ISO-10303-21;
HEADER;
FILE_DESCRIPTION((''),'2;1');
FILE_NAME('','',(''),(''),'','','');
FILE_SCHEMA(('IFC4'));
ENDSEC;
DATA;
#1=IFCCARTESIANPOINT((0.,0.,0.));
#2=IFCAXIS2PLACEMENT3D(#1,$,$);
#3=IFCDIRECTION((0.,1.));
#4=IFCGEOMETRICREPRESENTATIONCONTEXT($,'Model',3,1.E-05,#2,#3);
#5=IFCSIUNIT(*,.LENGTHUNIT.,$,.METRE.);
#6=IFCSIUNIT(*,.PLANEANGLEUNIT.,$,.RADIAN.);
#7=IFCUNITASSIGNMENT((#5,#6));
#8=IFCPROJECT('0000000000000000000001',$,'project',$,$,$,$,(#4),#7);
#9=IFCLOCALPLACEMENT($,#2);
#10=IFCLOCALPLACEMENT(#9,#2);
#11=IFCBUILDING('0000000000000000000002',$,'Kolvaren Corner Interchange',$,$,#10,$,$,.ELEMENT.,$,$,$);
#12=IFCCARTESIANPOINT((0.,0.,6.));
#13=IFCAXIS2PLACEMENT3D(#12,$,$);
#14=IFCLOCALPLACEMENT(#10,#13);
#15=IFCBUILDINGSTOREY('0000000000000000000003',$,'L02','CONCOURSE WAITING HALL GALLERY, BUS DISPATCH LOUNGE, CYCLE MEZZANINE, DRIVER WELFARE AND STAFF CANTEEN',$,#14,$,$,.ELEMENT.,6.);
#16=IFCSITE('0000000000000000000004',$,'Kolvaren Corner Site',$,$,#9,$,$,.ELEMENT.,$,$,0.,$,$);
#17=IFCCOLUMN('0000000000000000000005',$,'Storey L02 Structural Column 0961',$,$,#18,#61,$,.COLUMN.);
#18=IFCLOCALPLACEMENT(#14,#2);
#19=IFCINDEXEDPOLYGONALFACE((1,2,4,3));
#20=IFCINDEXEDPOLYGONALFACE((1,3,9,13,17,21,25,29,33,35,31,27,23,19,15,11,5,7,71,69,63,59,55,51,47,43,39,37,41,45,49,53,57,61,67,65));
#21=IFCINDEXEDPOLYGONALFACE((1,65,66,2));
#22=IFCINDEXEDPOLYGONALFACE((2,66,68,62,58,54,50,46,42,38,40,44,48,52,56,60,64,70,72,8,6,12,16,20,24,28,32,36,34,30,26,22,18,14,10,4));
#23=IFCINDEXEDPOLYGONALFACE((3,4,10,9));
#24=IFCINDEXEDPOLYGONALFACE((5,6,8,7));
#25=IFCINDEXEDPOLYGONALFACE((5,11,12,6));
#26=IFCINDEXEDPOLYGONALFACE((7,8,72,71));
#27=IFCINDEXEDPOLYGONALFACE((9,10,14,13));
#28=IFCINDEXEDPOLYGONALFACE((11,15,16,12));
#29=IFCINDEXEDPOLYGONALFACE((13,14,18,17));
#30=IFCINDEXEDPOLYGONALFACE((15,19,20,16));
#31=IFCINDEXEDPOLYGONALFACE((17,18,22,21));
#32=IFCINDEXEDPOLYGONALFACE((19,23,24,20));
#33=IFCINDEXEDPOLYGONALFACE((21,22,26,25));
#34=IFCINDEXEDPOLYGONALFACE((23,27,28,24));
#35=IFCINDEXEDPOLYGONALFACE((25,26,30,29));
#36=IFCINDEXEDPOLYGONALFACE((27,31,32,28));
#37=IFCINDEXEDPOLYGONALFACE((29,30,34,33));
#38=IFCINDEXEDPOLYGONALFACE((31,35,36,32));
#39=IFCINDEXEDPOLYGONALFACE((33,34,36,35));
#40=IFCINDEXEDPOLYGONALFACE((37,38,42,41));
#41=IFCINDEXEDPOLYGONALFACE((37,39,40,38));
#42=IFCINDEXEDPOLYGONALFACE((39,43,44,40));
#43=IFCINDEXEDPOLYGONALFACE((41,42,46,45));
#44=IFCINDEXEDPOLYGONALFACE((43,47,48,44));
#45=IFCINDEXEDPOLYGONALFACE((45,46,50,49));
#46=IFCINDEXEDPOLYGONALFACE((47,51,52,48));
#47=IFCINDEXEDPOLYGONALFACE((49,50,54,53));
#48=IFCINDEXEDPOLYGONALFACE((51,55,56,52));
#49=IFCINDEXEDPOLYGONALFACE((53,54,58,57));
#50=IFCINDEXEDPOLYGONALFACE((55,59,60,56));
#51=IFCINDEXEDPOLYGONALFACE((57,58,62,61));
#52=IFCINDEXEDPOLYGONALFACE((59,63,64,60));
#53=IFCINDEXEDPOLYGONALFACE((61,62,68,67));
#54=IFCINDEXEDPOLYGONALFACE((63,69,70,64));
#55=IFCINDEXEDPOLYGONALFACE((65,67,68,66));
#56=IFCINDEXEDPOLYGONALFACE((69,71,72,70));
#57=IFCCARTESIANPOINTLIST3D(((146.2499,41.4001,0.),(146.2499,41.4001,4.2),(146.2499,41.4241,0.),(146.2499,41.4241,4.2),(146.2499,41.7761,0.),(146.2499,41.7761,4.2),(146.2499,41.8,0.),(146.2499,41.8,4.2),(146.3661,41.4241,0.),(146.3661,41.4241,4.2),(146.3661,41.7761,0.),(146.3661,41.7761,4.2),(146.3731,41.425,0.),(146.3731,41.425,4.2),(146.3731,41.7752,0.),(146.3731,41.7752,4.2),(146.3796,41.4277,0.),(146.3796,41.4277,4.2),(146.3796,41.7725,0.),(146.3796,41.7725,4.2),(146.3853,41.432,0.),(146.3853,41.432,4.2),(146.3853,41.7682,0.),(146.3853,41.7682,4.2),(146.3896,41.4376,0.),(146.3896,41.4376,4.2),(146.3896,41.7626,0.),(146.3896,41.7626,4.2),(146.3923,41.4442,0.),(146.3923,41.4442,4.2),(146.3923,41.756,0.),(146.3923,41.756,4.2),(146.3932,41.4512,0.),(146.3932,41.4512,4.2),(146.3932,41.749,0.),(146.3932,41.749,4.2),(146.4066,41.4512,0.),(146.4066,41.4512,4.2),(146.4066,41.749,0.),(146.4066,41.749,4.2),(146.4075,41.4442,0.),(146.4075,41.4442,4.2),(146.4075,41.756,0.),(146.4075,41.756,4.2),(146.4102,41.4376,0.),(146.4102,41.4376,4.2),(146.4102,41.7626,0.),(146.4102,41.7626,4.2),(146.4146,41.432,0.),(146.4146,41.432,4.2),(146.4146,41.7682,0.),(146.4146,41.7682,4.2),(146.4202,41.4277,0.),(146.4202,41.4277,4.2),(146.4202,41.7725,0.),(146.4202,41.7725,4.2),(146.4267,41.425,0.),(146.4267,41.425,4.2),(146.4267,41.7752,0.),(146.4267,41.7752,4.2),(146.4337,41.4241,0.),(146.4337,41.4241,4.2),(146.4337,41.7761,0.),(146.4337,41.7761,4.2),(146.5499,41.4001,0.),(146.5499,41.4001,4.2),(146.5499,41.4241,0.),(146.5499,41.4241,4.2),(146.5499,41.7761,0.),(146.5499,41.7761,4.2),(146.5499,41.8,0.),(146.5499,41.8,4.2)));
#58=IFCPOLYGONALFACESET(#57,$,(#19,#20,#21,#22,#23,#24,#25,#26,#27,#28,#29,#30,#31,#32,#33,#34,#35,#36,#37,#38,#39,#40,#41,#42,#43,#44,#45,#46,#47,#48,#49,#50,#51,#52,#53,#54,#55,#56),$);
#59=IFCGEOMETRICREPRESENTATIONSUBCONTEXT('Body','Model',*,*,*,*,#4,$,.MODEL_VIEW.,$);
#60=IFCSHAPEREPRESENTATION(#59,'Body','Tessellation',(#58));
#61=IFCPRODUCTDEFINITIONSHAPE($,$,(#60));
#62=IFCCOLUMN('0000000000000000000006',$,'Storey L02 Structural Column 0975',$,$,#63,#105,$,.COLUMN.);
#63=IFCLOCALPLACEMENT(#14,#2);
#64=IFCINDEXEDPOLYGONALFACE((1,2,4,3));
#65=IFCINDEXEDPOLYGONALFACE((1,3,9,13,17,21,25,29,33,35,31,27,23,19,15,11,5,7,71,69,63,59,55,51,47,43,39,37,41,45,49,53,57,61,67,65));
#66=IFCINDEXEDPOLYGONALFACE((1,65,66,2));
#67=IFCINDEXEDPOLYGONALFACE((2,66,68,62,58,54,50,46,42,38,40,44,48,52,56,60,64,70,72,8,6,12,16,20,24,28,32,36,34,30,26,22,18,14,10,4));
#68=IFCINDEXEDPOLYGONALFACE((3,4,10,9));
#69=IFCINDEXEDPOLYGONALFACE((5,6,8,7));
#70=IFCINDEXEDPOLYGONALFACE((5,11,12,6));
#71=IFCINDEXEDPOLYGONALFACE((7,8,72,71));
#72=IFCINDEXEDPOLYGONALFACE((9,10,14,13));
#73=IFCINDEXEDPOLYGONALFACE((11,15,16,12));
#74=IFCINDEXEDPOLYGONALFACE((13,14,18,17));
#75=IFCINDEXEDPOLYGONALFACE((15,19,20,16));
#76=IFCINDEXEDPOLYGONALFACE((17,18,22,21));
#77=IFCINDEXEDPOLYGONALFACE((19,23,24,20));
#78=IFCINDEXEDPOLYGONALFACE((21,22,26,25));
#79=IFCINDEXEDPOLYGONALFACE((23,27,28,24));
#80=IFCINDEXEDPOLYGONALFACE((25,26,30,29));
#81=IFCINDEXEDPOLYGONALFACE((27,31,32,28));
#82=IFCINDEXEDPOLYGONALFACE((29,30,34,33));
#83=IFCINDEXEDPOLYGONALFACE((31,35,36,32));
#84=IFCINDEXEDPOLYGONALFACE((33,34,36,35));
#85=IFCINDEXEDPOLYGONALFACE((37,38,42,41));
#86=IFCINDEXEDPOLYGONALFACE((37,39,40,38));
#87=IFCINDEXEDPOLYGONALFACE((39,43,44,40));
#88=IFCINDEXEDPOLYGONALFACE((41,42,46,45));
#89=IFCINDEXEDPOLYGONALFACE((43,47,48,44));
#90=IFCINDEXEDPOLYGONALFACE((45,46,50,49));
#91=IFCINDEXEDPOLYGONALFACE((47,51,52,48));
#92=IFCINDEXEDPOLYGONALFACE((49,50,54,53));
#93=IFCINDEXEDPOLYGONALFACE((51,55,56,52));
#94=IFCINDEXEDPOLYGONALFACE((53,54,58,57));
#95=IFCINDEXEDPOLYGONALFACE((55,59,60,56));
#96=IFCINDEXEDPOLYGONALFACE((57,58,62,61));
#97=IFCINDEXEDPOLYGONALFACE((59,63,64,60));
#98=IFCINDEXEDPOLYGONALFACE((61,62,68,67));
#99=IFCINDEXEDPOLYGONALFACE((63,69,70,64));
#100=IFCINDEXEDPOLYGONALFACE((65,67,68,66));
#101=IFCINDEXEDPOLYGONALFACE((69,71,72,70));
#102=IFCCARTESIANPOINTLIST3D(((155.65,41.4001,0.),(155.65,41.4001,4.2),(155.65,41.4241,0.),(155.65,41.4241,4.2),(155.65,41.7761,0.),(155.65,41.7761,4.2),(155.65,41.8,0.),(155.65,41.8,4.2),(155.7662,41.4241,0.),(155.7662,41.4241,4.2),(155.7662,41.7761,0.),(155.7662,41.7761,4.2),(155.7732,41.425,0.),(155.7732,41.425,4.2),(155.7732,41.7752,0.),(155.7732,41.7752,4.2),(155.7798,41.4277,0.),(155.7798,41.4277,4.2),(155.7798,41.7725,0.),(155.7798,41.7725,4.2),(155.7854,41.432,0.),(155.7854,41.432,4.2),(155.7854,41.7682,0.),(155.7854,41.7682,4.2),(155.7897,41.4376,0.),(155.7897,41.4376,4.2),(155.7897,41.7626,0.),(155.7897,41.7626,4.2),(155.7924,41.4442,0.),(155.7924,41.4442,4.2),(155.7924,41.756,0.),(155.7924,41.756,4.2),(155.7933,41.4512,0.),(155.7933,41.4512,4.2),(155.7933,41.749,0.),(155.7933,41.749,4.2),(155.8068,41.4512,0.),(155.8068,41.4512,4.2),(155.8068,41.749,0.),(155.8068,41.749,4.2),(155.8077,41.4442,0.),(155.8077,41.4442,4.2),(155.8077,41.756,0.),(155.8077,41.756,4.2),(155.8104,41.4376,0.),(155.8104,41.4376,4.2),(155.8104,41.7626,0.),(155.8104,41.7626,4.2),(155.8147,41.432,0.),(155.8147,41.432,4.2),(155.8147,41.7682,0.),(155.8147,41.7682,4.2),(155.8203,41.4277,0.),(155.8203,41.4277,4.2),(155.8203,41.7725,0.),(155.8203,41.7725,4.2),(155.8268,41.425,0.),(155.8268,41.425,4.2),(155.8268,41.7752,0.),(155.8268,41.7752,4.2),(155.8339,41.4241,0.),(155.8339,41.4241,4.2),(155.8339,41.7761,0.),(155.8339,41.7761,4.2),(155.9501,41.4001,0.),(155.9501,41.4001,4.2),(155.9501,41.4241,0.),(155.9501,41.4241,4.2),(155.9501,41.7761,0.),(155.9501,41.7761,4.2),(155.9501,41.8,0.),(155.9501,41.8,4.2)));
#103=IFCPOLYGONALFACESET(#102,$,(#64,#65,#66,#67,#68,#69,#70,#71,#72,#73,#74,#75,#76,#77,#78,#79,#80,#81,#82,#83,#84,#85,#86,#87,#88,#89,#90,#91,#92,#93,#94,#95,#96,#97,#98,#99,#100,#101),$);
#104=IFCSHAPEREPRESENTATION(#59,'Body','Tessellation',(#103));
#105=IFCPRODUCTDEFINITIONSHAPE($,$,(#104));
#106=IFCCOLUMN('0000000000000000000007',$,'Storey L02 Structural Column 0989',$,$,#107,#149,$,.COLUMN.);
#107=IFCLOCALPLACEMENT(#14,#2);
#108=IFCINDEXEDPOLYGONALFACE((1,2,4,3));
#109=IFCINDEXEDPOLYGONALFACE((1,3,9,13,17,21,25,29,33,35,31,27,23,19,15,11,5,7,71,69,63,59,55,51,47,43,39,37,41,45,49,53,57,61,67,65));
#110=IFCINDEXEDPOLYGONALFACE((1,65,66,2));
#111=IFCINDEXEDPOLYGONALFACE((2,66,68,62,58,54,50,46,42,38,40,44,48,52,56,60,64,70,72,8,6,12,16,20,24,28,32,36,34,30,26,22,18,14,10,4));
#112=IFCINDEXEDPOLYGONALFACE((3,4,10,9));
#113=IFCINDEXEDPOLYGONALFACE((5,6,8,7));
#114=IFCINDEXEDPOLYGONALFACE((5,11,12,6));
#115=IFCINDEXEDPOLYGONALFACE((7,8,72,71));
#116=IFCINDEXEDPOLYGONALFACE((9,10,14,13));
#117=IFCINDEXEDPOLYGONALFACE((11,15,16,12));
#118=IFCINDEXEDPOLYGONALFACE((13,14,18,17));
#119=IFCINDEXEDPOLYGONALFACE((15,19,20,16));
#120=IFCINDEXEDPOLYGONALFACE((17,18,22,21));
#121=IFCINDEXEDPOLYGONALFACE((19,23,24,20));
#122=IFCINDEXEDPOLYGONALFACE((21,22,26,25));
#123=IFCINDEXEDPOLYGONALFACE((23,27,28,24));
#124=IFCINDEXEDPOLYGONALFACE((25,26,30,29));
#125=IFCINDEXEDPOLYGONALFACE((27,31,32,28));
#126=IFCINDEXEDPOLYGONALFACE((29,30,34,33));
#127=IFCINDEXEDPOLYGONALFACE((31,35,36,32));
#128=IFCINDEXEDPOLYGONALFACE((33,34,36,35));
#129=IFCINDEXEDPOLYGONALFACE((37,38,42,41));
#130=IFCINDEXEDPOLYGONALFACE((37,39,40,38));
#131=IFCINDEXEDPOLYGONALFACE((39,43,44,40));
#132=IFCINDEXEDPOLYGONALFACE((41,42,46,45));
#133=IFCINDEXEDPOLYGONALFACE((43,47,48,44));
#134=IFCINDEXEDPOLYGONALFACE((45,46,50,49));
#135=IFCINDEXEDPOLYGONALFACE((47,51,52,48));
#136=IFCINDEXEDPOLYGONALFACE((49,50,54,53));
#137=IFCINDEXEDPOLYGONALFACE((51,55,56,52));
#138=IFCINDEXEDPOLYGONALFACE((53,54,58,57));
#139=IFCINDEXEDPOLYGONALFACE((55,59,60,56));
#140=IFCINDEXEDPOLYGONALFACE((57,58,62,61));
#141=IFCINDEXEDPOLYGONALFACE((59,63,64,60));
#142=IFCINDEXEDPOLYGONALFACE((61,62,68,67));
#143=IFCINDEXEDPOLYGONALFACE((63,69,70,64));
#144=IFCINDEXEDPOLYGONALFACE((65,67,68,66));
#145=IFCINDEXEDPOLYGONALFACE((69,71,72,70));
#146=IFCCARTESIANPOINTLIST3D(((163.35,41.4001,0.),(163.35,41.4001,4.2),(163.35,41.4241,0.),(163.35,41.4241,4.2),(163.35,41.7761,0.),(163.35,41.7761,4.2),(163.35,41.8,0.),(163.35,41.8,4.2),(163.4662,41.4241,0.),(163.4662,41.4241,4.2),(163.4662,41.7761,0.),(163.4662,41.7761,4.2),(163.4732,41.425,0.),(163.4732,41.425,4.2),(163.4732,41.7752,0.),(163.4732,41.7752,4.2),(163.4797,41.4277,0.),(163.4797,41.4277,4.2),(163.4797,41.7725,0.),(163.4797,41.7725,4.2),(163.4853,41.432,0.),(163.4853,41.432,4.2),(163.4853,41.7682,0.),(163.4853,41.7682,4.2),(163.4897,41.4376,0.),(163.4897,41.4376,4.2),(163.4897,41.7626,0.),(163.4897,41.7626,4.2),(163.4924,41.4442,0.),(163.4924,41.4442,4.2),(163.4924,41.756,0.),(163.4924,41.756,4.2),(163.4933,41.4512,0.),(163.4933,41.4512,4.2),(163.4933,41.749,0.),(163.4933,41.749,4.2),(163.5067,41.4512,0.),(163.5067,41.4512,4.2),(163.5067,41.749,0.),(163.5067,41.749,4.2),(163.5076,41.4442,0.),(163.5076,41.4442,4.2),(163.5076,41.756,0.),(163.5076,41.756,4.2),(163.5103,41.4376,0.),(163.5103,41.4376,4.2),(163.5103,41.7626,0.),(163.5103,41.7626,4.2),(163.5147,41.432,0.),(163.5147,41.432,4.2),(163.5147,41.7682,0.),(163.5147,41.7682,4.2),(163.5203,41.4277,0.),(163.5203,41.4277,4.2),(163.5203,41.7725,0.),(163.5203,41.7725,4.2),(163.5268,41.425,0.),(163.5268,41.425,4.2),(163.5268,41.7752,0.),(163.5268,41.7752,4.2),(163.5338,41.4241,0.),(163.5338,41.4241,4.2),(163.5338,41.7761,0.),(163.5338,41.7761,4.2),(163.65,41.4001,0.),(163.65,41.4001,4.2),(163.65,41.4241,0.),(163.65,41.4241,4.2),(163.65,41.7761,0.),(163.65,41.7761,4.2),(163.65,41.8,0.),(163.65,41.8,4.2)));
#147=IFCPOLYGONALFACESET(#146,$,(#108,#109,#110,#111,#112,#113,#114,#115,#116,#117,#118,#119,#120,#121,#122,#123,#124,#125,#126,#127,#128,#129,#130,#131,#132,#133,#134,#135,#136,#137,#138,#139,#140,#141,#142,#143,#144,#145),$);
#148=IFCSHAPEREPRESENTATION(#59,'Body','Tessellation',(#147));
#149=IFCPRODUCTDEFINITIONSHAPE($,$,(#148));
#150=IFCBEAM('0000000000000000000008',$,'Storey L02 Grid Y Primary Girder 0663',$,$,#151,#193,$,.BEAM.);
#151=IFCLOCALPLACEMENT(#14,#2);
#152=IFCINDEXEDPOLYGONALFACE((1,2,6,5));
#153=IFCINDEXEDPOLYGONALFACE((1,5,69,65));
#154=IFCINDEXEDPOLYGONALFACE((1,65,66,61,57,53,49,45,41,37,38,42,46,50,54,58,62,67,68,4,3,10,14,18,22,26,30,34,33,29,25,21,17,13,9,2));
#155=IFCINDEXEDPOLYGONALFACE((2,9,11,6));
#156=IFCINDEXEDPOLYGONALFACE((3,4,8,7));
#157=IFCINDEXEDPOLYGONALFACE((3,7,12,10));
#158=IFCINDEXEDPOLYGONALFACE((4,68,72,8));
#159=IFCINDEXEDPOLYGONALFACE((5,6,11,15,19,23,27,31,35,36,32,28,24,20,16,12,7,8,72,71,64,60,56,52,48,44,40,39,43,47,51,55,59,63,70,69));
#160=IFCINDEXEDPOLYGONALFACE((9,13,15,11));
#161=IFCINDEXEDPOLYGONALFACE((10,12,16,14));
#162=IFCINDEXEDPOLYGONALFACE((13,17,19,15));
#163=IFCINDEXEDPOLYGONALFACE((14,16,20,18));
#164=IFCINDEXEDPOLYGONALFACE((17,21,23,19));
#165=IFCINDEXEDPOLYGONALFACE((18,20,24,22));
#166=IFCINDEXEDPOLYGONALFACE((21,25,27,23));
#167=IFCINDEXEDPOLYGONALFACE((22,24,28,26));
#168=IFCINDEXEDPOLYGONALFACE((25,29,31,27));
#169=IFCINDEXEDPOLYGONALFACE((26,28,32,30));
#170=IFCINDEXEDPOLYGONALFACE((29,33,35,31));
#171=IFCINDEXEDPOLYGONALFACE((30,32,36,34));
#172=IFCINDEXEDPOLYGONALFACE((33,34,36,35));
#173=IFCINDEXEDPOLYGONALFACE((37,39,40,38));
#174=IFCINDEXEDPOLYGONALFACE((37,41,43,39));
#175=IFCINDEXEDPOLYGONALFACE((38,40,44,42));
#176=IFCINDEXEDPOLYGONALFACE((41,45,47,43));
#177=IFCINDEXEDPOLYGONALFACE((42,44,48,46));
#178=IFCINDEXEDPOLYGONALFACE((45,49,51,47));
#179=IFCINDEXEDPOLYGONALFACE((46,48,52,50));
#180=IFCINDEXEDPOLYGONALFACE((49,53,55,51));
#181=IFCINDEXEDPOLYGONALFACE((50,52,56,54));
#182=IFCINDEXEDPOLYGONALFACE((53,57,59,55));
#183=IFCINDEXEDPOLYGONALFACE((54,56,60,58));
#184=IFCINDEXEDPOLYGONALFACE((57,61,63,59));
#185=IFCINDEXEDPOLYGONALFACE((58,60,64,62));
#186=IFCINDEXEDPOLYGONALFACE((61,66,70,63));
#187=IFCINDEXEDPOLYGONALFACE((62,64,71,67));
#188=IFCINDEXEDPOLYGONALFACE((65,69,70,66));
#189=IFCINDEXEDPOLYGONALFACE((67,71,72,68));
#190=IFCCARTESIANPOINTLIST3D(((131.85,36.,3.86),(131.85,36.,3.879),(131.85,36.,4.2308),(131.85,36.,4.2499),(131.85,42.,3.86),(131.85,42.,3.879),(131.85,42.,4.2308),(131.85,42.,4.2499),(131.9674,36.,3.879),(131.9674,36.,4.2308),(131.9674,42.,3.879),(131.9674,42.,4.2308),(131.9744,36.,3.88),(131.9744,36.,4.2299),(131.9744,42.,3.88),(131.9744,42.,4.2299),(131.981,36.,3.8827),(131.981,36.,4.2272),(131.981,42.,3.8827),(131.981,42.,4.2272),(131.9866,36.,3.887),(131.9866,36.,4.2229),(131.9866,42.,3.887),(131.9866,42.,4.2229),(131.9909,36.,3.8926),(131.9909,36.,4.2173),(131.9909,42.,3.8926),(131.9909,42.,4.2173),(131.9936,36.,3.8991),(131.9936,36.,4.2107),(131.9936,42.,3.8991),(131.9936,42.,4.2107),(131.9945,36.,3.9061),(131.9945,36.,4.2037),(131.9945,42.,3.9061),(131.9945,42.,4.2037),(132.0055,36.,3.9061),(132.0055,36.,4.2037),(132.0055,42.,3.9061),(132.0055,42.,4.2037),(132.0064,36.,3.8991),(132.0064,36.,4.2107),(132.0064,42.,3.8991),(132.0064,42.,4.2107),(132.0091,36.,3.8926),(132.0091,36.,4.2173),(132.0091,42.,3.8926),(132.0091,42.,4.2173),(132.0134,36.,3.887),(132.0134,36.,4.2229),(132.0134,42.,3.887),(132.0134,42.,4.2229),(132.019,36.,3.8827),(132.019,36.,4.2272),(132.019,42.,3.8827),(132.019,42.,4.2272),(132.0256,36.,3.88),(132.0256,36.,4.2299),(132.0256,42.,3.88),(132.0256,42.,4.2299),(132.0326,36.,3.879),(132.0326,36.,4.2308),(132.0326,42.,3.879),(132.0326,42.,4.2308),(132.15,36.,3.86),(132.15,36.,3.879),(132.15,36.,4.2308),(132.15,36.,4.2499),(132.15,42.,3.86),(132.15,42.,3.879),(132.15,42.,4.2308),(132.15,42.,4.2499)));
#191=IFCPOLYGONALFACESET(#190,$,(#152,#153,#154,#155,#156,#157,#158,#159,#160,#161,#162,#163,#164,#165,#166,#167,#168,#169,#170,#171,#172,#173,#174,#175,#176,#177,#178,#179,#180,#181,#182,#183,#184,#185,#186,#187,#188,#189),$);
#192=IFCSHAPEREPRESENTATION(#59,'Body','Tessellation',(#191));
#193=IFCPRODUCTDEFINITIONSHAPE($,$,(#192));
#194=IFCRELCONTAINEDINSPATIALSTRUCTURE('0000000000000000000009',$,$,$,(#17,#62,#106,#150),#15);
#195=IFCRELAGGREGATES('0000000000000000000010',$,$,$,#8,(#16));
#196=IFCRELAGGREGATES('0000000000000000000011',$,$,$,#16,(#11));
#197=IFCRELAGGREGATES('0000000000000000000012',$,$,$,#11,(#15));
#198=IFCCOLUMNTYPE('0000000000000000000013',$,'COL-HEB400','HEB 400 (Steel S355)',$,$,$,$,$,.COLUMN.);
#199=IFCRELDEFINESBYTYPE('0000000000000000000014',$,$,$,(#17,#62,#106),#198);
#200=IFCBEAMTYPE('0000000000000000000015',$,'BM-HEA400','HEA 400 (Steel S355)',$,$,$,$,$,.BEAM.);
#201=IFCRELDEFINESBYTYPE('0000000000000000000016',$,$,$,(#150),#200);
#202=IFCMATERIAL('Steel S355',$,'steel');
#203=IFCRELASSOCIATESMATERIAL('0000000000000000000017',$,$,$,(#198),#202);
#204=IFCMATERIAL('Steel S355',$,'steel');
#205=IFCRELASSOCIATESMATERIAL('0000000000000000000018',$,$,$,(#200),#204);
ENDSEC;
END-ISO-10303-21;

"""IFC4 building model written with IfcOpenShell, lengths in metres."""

from ifc_helpers import new_model, si_unit, direction, frame, origin, origin_2d, place, context, subcontext, project, spatial, i_section, extrude, material, material_profile, profile_set, type_object, element, save


model = new_model("IFC4")

# Units and contexts
model_context = context("Model", 3, precision=1e-05, world=origin(), true_north=direction((0.0, 1.0)))
body_context = subcontext(model_context, "Body", "Model", "MODEL_VIEW")
ifc_project = project(units=[si_unit("LENGTHUNIT", "METRE"), si_unit("PLANEANGLEUNIT", "RADIAN")], contexts=[model_context])

# Site, building, storey
site_placement = place(None, origin())
site = spatial("IfcSite", under=ifc_project, at=site_placement, Name="Kolvaren Corner Site", CompositionType="ELEMENT", RefElevation=0.0)
building_placement = place(site_placement, origin())
building = spatial("IfcBuilding", under=site, at=building_placement, Name="Kolvaren Corner Interchange", CompositionType="ELEMENT")
storey_placement = place(building_placement, frame((0.0, 0.0, 6.0)))
storey = spatial("IfcBuildingStorey", under=building, at=storey_placement, Name="L02", Description="CONCOURSE WAITING HALL GALLERY, BUS DISPATCH LOUNGE, CYCLE MEZZANINE, DRIVER WELFARE AND STAFF CANTEEN", CompositionType="ELEMENT", Elevation=6.0)

# Columns
ifc_material_1 = material(Name="Steel S355", Category="steel")
ifc_material_profile_1 = material_profile(ifc_material_1, i_section(OverallWidth=0.3, OverallDepth=0.3999, WebThickness=0.0134, FlangeThickness=0.0239, FilletRadius=0.0271, at=origin_2d()), Name="HEB 400")
ifc_profile_set_1 = profile_set([ifc_material_profile_1], Name="Steel S355")
column_type_1 = type_object("IfcColumnType", Name="COL-HEB400", Description="HEB 400 (Steel S355)", PredefinedType="COLUMN", material=ifc_profile_set_1)
for number, where, z_axis, x_axis, name in (
    (1, (146.3999, 41.6001, 0.0), (0.0, 0.0, 1.0), (1.0, 0.0, 0.0), "Storey L02 Structural Column 0961"),
    (2, (155.8, 41.6001, 0.0), (0.0, 0.0, 1.0), (1.0, 0.0, 0.0), "Storey L02 Structural Column 0975"),
    (3, (163.5, 41.6001, 0.0), (0.0, 0.0, 1.0), (1.0, 0.0, 0.0), "Storey L02 Structural Column 0989"),
):
    element("IfcColumn", number, at=place(storey_placement, frame(where, z_axis=z_axis, x_axis=x_axis)), inside=storey, type_object=column_type_1, Name=name, PredefinedType="COLUMN", context=body_context, shape_type="SweptSolid", body=[
        extrude(i_section(OverallWidth=0.3, OverallDepth=0.3999, WebThickness=0.0134, FlangeThickness=0.0239, FilletRadius=0.0271, at=origin_2d()), origin(), (0.0, 0.0, 1.0), 4.2),
    ])

# Beam
ifc_material_2 = material(Name="Steel S355", Category="steel")
ifc_material_profile_2 = material_profile(ifc_material_2, i_section(OverallWidth=0.3, OverallDepth=0.3899, WebThickness=0.011, FlangeThickness=0.019, FilletRadius=0.0271, at=origin_2d()), Name="HEA 400")
ifc_profile_set_2 = profile_set([ifc_material_profile_2], Name="Steel S355")
beam_type_1 = type_object("IfcBeamType", Name="BM-HEA400", Description="HEA 400 (Steel S355)", PredefinedType="BEAM", material=ifc_profile_set_2)
for number, where, z_axis, x_axis, name in (
    (4, (132.0, 36.0, 4.0549), (0.0, 1.0, 0.0), (-1.0, 0.0, 0.0), "Storey L02 Grid Y Primary Girder 0663"),
):
    element("IfcBeam", number, at=place(storey_placement, frame(where, z_axis=z_axis, x_axis=x_axis)), inside=storey, type_object=beam_type_1, Name=name, PredefinedType="BEAM", context=body_context, shape_type="SweptSolid", body=[
        extrude(i_section(OverallWidth=0.3, OverallDepth=0.3899, WebThickness=0.011, FlangeThickness=0.019, FilletRadius=0.0271, at=origin_2d()), origin(), (0.0, 0.0, 1.0), 6.0),
    ])

save(model, "model.ifc")
